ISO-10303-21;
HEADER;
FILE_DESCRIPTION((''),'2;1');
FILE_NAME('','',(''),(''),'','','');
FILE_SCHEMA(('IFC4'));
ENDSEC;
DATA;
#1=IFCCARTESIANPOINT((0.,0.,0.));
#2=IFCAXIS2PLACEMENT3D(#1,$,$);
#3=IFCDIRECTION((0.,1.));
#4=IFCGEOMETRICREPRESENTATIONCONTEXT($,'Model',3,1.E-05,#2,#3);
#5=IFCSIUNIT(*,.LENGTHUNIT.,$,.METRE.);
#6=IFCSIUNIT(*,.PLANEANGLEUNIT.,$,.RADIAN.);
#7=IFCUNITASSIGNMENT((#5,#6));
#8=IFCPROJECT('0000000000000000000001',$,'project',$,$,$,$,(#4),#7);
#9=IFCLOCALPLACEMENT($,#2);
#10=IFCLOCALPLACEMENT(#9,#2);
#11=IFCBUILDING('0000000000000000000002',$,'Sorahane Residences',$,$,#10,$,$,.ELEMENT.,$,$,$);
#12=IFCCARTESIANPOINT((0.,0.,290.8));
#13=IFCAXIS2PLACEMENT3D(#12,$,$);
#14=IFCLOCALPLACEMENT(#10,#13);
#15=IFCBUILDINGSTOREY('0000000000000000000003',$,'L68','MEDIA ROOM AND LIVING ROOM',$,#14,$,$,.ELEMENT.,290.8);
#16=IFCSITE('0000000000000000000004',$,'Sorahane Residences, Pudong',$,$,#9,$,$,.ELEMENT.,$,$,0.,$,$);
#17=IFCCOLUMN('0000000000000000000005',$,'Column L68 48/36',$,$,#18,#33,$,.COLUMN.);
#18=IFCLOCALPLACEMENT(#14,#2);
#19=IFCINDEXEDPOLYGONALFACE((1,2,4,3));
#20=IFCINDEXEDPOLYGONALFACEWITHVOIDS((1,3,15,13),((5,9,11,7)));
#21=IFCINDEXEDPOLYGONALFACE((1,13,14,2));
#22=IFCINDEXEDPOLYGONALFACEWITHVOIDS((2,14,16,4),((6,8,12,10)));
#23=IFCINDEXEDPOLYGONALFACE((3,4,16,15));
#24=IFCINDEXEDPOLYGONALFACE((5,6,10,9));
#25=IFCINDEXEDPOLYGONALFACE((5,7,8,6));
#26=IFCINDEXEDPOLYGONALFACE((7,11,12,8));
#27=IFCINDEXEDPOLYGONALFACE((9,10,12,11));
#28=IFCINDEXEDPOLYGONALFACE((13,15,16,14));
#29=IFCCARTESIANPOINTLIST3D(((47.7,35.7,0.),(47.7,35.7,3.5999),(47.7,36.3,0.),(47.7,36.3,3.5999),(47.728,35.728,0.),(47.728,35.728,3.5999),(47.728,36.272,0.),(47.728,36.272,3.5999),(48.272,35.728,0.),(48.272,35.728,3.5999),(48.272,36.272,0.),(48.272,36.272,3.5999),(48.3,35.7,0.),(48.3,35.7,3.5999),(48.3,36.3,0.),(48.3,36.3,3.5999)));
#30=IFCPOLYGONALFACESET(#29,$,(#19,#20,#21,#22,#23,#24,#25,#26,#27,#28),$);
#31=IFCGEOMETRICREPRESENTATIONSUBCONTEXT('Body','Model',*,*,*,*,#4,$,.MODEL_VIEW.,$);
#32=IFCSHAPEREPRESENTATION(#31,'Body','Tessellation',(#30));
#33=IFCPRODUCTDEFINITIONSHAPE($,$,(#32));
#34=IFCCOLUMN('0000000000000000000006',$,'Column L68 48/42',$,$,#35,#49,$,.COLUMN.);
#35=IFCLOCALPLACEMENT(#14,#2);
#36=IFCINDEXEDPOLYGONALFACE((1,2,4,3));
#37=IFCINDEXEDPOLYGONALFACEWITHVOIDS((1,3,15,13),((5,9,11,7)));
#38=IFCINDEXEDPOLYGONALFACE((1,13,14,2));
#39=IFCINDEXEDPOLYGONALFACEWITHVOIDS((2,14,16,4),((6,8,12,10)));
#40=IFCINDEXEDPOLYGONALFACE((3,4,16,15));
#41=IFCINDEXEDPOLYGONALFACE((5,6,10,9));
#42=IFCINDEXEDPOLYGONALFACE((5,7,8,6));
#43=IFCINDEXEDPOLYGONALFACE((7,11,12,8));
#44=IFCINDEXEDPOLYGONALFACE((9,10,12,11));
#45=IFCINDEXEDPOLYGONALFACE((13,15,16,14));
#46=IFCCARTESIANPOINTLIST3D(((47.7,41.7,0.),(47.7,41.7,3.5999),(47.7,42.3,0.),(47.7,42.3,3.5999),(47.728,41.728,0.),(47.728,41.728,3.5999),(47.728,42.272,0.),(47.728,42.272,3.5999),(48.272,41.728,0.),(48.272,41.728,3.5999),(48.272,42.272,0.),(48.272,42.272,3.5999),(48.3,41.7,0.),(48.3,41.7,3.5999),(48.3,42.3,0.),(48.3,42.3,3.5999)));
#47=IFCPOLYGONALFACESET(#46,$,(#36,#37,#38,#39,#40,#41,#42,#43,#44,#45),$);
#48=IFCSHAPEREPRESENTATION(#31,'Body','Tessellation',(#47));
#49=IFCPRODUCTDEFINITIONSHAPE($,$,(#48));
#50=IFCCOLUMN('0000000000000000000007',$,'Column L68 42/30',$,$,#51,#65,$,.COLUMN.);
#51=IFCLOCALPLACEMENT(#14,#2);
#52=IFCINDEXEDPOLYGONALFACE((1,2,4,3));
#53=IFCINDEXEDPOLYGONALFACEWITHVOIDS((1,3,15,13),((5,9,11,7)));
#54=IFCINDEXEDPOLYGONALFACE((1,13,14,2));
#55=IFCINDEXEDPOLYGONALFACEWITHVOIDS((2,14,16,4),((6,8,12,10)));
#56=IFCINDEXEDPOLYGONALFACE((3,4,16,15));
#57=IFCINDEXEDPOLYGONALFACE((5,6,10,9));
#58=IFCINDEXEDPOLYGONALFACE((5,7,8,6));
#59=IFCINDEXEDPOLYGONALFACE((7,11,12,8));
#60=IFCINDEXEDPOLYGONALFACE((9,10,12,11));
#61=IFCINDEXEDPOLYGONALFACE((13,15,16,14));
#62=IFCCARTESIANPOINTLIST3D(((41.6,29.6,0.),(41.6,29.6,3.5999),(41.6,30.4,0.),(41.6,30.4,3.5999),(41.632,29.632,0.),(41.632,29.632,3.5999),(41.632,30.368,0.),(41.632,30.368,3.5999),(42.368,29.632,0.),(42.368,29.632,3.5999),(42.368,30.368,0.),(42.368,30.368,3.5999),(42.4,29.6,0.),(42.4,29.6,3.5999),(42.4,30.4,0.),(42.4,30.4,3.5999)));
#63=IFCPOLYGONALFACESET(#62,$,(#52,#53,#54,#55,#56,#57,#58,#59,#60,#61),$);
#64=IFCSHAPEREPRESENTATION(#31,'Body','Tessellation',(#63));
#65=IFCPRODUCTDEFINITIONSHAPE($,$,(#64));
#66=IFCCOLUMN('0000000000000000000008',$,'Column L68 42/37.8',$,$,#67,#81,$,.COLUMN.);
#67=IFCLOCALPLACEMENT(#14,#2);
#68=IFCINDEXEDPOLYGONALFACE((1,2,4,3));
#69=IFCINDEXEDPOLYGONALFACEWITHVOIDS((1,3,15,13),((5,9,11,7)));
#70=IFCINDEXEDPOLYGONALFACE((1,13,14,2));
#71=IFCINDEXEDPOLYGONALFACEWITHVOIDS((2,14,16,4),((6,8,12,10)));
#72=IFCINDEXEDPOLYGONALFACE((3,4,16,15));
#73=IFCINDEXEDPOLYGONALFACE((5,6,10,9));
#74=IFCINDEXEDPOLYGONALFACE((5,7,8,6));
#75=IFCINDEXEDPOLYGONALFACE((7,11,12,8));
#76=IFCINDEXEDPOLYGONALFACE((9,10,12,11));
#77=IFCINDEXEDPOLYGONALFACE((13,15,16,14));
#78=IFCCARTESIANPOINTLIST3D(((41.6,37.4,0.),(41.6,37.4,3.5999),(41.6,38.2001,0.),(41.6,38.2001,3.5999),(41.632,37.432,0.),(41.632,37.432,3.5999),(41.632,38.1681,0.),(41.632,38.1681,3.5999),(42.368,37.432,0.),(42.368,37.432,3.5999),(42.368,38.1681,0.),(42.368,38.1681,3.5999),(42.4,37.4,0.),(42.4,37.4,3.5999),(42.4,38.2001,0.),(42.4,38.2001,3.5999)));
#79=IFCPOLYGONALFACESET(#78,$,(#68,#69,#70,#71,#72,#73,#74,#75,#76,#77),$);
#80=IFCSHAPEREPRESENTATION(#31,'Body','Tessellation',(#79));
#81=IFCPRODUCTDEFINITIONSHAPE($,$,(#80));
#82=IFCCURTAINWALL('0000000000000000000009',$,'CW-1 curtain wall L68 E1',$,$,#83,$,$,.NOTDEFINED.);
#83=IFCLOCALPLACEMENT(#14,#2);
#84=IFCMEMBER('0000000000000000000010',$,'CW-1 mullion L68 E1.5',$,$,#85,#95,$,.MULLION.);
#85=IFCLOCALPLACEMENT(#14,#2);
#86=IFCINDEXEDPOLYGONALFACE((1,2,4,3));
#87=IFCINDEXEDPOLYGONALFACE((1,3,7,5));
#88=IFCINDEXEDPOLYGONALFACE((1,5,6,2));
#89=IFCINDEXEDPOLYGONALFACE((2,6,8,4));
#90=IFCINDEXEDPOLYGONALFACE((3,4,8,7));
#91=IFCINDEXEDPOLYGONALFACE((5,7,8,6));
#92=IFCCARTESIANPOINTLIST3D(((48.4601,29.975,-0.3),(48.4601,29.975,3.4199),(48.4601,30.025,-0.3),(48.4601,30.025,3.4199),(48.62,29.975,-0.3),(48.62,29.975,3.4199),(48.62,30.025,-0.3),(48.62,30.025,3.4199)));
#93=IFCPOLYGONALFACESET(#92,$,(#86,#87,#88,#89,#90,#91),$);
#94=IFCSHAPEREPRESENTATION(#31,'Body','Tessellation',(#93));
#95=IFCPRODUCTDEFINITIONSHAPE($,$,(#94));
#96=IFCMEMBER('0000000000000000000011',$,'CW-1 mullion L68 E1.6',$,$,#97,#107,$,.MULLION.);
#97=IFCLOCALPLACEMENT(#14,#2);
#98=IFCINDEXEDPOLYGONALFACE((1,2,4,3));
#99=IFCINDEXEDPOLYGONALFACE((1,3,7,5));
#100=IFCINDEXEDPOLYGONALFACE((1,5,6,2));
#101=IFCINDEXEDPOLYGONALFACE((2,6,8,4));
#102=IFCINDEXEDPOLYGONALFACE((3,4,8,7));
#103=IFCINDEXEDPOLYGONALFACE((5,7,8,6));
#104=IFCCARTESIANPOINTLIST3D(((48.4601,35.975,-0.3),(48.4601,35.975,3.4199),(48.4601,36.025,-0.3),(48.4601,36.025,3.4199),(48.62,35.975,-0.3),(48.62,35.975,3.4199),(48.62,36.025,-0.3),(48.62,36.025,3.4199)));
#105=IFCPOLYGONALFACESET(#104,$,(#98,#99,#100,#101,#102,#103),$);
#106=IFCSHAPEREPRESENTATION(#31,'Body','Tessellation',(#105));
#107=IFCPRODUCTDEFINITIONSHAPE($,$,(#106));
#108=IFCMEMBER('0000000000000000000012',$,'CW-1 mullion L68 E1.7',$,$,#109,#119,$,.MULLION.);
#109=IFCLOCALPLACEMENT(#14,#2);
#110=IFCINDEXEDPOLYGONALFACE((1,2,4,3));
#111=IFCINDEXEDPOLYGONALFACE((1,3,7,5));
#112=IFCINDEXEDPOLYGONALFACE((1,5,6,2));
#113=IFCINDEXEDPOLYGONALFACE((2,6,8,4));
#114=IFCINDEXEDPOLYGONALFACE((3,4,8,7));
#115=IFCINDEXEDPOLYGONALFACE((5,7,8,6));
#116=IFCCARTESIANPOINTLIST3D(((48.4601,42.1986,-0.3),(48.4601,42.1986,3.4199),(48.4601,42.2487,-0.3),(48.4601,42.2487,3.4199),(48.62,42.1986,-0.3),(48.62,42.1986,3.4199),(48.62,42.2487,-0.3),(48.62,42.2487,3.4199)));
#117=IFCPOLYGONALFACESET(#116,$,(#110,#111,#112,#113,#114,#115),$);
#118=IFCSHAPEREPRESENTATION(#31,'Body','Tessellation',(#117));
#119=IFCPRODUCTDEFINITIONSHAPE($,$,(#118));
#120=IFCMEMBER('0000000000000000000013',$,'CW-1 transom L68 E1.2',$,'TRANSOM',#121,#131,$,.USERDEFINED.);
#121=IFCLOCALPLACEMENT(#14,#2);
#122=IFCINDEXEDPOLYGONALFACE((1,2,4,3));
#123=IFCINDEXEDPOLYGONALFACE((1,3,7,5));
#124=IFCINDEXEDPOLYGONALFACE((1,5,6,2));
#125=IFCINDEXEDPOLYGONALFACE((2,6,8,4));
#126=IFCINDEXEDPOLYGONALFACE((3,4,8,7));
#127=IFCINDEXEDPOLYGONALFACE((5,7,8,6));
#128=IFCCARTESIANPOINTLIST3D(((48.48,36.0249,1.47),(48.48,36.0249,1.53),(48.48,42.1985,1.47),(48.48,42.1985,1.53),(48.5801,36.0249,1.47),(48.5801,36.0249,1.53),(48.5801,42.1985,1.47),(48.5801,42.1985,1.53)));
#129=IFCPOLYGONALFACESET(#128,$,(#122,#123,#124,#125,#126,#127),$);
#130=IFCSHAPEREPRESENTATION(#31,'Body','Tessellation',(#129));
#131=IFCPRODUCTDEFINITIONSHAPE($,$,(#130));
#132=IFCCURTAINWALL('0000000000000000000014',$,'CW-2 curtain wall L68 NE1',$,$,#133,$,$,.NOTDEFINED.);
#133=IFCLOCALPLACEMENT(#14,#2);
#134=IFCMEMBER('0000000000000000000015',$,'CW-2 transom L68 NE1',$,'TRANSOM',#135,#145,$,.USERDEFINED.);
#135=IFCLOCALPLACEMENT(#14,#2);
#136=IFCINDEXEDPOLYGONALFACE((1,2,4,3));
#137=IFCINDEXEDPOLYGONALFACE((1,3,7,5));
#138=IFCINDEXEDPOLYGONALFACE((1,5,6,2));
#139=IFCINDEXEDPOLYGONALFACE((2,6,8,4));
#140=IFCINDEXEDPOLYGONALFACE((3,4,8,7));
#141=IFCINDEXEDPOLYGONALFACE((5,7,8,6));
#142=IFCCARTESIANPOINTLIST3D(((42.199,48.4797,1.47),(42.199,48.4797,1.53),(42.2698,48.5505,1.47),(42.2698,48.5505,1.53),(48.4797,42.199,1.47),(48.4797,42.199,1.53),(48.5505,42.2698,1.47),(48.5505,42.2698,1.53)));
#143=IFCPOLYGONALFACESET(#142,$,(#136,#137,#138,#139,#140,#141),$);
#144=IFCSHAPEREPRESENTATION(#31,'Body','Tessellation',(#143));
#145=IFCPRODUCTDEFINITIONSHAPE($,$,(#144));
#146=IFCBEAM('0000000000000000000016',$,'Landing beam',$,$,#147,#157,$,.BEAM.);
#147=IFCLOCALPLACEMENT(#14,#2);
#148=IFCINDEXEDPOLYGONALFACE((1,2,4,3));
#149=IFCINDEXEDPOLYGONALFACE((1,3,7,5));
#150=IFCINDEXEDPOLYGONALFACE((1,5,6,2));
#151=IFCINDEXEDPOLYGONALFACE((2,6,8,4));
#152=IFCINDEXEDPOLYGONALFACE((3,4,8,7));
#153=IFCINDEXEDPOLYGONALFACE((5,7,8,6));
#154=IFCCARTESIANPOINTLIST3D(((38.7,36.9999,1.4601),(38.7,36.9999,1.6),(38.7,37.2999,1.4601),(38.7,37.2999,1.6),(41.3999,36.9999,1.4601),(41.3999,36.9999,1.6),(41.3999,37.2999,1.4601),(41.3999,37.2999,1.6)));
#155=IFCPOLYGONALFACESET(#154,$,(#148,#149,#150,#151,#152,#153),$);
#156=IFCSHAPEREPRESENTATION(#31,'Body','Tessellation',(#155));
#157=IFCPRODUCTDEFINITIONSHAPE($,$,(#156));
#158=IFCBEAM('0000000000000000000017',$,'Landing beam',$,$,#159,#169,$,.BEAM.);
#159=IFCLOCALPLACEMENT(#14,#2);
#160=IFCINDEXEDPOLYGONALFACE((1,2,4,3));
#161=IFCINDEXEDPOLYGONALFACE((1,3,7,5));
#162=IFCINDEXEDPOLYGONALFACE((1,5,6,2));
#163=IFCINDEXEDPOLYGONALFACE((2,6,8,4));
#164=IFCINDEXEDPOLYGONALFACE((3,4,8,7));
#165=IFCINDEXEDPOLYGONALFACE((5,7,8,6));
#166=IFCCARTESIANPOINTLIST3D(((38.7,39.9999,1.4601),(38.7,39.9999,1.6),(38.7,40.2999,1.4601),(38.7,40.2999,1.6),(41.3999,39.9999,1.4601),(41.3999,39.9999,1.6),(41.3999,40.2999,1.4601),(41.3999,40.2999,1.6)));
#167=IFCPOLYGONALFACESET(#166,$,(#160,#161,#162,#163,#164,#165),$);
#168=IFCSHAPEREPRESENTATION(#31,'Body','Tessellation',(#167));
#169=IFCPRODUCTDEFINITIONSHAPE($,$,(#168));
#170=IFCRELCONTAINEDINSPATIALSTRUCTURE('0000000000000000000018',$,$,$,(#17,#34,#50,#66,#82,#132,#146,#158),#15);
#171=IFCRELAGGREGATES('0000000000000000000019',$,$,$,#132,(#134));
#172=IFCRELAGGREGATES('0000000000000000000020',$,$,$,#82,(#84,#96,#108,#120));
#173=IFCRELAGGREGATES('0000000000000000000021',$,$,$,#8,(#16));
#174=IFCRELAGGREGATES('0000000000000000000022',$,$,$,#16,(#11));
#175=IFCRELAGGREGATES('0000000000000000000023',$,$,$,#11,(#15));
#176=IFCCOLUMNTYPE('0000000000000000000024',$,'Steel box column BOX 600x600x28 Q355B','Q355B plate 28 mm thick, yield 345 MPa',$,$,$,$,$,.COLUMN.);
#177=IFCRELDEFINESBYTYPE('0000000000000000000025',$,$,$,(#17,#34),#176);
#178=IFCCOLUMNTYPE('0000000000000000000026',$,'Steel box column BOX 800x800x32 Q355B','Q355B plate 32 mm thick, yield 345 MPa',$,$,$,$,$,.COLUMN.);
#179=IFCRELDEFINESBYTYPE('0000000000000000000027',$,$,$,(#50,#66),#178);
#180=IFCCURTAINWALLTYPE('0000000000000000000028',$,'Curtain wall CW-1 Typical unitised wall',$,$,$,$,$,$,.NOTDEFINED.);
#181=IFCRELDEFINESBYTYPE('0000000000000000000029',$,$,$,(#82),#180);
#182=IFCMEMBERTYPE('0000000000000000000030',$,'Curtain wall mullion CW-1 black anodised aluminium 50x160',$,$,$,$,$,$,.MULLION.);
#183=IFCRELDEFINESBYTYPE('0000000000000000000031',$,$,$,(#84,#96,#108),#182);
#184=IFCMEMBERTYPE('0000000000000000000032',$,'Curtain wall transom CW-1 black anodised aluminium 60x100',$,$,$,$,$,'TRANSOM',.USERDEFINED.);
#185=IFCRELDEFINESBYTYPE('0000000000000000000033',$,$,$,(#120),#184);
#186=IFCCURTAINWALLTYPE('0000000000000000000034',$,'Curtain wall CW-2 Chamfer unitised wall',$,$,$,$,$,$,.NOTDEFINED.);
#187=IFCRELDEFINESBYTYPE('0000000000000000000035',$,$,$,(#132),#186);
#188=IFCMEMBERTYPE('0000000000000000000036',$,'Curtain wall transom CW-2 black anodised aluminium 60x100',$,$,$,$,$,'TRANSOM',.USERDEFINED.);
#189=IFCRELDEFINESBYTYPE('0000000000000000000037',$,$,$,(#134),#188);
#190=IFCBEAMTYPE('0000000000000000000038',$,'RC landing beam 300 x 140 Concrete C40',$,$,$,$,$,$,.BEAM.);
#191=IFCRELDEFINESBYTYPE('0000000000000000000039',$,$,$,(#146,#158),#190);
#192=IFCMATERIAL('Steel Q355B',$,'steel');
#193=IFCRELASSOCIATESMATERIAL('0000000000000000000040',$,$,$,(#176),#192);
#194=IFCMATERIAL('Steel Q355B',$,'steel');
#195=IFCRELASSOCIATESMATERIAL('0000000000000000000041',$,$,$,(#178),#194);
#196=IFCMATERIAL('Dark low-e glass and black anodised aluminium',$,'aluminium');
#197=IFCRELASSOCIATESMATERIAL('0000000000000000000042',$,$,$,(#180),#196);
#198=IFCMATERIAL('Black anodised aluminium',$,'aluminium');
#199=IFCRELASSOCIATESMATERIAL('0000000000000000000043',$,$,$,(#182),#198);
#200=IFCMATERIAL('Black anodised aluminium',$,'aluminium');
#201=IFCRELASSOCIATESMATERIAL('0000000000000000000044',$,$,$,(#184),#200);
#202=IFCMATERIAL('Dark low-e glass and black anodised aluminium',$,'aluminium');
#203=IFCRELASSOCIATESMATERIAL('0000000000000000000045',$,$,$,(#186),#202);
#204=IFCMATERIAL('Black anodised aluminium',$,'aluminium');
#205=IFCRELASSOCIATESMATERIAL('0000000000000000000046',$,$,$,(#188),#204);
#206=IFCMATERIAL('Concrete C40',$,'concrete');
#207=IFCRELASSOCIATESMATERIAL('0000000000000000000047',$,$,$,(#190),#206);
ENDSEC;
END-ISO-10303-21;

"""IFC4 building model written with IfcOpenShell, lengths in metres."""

from ifc_helpers import new_model, si_unit, direction, frame, origin, origin_2d, place, context, subcontext, project, spatial, rectangle, hollow_rectangle, extrude, material, material_profile, profile_set, type_object, element, aggregate, save


model = new_model("IFC4")

# Units and contexts
model_context = context("Model", 3, precision=1e-05, world=origin(), true_north=direction((0.0, 1.0)))
body_context = subcontext(model_context, "Body", "Model", "MODEL_VIEW")
ifc_project = project(units=[si_unit("LENGTHUNIT", "METRE"), si_unit("PLANEANGLEUNIT", "RADIAN")], contexts=[model_context])

# Site, building, storey
site_placement = place(None, origin())
site = spatial("IfcSite", under=ifc_project, at=site_placement, Name="Sorahane Residences, Pudong", CompositionType="ELEMENT", RefElevation=0.0)
building_placement = place(site_placement, origin())
building = spatial("IfcBuilding", under=site, at=building_placement, Name="Sorahane Residences", CompositionType="ELEMENT")
storey_placement = place(building_placement, frame((0.0, 0.0, 290.8)))
storey = spatial("IfcBuildingStorey", under=building, at=storey_placement, Name="L68", Description="MEDIA ROOM AND LIVING ROOM", CompositionType="ELEMENT", Elevation=290.8)

# Columns
ifc_material_1 = material(Name="Steel Q355B", Category="steel")
ifc_material_profile_1 = material_profile(ifc_material_1, hollow_rectangle(XDim=0.6001, YDim=0.6001, WallThickness=0.0281, at=origin_2d()), Name="BOX 600x600x28")
ifc_profile_set_1 = profile_set([ifc_material_profile_1], Name="Steel Q355B")
column_type_1 = type_object("IfcColumnType", Name="Steel box column BOX 600x600x28 Q355B", Description="Q355B plate 28 mm thick, yield 345 MPa", PredefinedType="COLUMN", material=ifc_profile_set_1)
for number, where, z_axis, x_axis, name in (
    (1, (48.0, 36.0, 0.0), (0.0, 0.0, 1.0), (1.0, 0.0, 0.0), "Column L68 48/36"),
    (2, (48.0, 42.0, 0.0), (0.0, 0.0, 1.0), (1.0, 0.0, 0.0), "Column L68 48/42"),
):
    element("IfcColumn", number, at=place(storey_placement, frame(where, z_axis=z_axis, x_axis=x_axis)), inside=storey, type_object=column_type_1, Name=name, PredefinedType="COLUMN", context=body_context, shape_type="SweptSolid", body=[
        extrude(hollow_rectangle(XDim=0.6001, YDim=0.6001, WallThickness=0.0281, at=origin_2d()), origin(), (0.0, 0.0, 1.0), 3.5999),
    ])
ifc_material_2 = material(Name="Steel Q355B", Category="steel")
ifc_material_profile_2 = material_profile(ifc_material_2, hollow_rectangle(XDim=0.8, YDim=0.8, WallThickness=0.032, at=origin_2d()), Name="BOX 800x800x32")
ifc_profile_set_2 = profile_set([ifc_material_profile_2], Name="Steel Q355B")
column_type_2 = type_object("IfcColumnType", Name="Steel box column BOX 800x800x32 Q355B", Description="Q355B plate 32 mm thick, yield 345 MPa", PredefinedType="COLUMN", material=ifc_profile_set_2)
for number, where, z_axis, x_axis, name in (
    (3, (42.0, 30.0, 0.0), (0.0, 0.0, 1.0), (1.0, 0.0, 0.0), "Column L68 42/30"),
    (4, (42.0, 37.8, 0.0), (0.0, 0.0, 1.0), (1.0, 0.0, 0.0), "Column L68 42/37.8"),
):
    element("IfcColumn", number, at=place(storey_placement, frame(where, z_axis=z_axis, x_axis=x_axis)), inside=storey, type_object=column_type_2, Name=name, PredefinedType="COLUMN", context=body_context, shape_type="SweptSolid", body=[
        extrude(hollow_rectangle(XDim=0.8, YDim=0.8, WallThickness=0.032, at=origin_2d()), origin(), (0.0, 0.0, 1.0), 3.5999),
    ])

# Curtain wall, members
ifc_material_3 = material(Name="Dark low-e glass and black anodised aluminium", Category="aluminium")
curtain_wall_type_1 = type_object("IfcCurtainWallType", Name="Curtain wall CW-1 Typical unitised wall", PredefinedType="NOTDEFINED", material=ifc_material_3)
curtain_wall_1_placement = place(storey_placement, origin())
curtain_wall_1 = element("IfcCurtainWall", 5, at=curtain_wall_1_placement, inside=storey, type_object=curtain_wall_type_1, Name="CW-1 curtain wall L68 E1", PredefinedType="NOTDEFINED")
ifc_material_4 = material(Name="Black anodised aluminium", Category="aluminium")
ifc_material_profile_3 = material_profile(ifc_material_4, rectangle(XDim=0.1599, YDim=0.05, at=origin_2d()), Name="Curtain wall mullion CW-1 black anodised aluminium 50x160")
ifc_profile_set_3 = profile_set([ifc_material_profile_3], Name="Black anodised aluminium")
member_type_1 = type_object("IfcMemberType", Name="Curtain wall mullion CW-1 black anodised aluminium 50x160", PredefinedType="MULLION", material=ifc_profile_set_3)
member_1_placement = place(storey_placement, frame((48.54, 30.0, -0.3), z_axis=(0.0, 0.0, 1.0), x_axis=(1.0, 0.0, 0.0)))
member_1 = element("IfcMember", 6, at=member_1_placement, type_object=member_type_1, Name="CW-1 mullion L68 E1.5", PredefinedType="MULLION", context=body_context, shape_type="SweptSolid", body=[
    extrude(rectangle(XDim=0.1599, YDim=0.05, at=origin_2d()), origin(), (0.0, 0.0, 1.0), 3.72),
])
member_2_placement = place(storey_placement, frame((48.54, 36.0, -0.3), z_axis=(0.0, 0.0, 1.0), x_axis=(1.0, 0.0, 0.0)))
member_2 = element("IfcMember", 7, at=member_2_placement, type_object=member_type_1, Name="CW-1 mullion L68 E1.6", PredefinedType="MULLION", context=body_context, shape_type="SweptSolid", body=[
    extrude(rectangle(XDim=0.1599, YDim=0.05, at=origin_2d()), origin(), (0.0, 0.0, 1.0), 3.72),
])
member_3_placement = place(storey_placement, frame((48.54, 42.2236, -0.3), z_axis=(0.0, 0.0, 1.0), x_axis=(1.0, 0.0, 0.0)))
member_3 = element("IfcMember", 8, at=member_3_placement, type_object=member_type_1, Name="CW-1 mullion L68 E1.7", PredefinedType="MULLION", context=body_context, shape_type="SweptSolid", body=[
    extrude(rectangle(XDim=0.1599, YDim=0.05, at=origin_2d()), origin(), (0.0, 0.0, 1.0), 3.72),
])
ifc_material_5 = material(Name="Black anodised aluminium", Category="aluminium")
ifc_material_profile_4 = material_profile(ifc_material_5, rectangle(XDim=0.1001, YDim=0.0601, at=origin_2d()), Name="Curtain wall transom CW-1 black anodised aluminium 60x100")
ifc_profile_set_4 = profile_set([ifc_material_profile_4], Name="Black anodised aluminium")
member_type_2 = type_object("IfcMemberType", Name="Curtain wall transom CW-1 black anodised aluminium 60x100", ElementType="TRANSOM", PredefinedType="USERDEFINED", material=ifc_profile_set_4)
member_4_placement = place(storey_placement, frame((48.53, 36.0249, 1.5), z_axis=(0.0, 1.0, 0.0), x_axis=(-1.0, 0.0, 0.0)))
member_4 = element("IfcMember", 9, at=member_4_placement, type_object=member_type_2, Name="CW-1 transom L68 E1.2", ObjectType="TRANSOM", PredefinedType="USERDEFINED", context=body_context, shape_type="SweptSolid", body=[
    extrude(rectangle(XDim=0.1001, YDim=0.0601, at=origin_2d()), origin(), (0.0, 0.0, 1.0), 6.1736),
])

# Curtain wall, member
ifc_material_6 = material(Name="Dark low-e glass and black anodised aluminium", Category="aluminium")
curtain_wall_type_2 = type_object("IfcCurtainWallType", Name="Curtain wall CW-2 Chamfer unitised wall", PredefinedType="NOTDEFINED", material=ifc_material_6)
curtain_wall_2_placement = place(storey_placement, origin())
curtain_wall_2 = element("IfcCurtainWall", 10, at=curtain_wall_2_placement, inside=storey, type_object=curtain_wall_type_2, Name="CW-2 curtain wall L68 NE1", PredefinedType="NOTDEFINED")
ifc_material_7 = material(Name="Black anodised aluminium", Category="aluminium")
ifc_material_profile_5 = material_profile(ifc_material_7, rectangle(XDim=0.1001, YDim=0.0601, at=origin_2d()), Name="Curtain wall transom CW-2 black anodised aluminium 60x100")
ifc_profile_set_5 = profile_set([ifc_material_profile_5], Name="Black anodised aluminium")
member_type_3 = type_object("IfcMemberType", Name="Curtain wall transom CW-2 black anodised aluminium 60x100", ElementType="TRANSOM", PredefinedType="USERDEFINED", material=ifc_profile_set_5)
member_5_placement = place(storey_placement, frame((48.5151, 42.2344, 1.5), z_axis=(-0.707107, 0.707107, 0.0), x_axis=(-0.707107, -0.707107, 0.0)))
member_5 = element("IfcMember", 11, at=member_5_placement, type_object=member_type_3, Name="CW-2 transom L68 NE1", ObjectType="TRANSOM", PredefinedType="USERDEFINED", context=body_context, shape_type="SweptSolid", body=[
    extrude(rectangle(XDim=0.1001, YDim=0.0601, at=origin_2d()), origin(), (0.0, 0.0, 1.0), 8.8823),
])
aggregate(curtain_wall_2, [member_5])

# Beams
ifc_material_8 = material(Name="Concrete C40", Category="concrete")
ifc_material_profile_6 = material_profile(ifc_material_8, rectangle(XDim=0.3, YDim=0.1399, at=origin_2d()), Name="300x140")
ifc_profile_set_6 = profile_set([ifc_material_profile_6], Name="Concrete C40")
beam_type_1 = type_object("IfcBeamType", Name="RC landing beam 300 x 140 Concrete C40", PredefinedType="BEAM", material=ifc_profile_set_6)
for number, where, z_axis, x_axis, name in (
    (12, (38.7, 37.1499, 1.53), (1.0, 0.0, 0.0), (0.0, 1.0, 0.0), "Landing beam"),
    (13, (38.7, 40.1499, 1.53), (1.0, 0.0, 0.0), (0.0, 1.0, 0.0), "Landing beam"),
):
    element("IfcBeam", number, at=place(storey_placement, frame(where, z_axis=z_axis, x_axis=x_axis)), inside=storey, type_object=beam_type_1, Name=name, PredefinedType="BEAM", context=body_context, shape_type="SweptSolid", body=[
        extrude(rectangle(XDim=0.3, YDim=0.1399, at=origin_2d()), origin(), (0.0, 0.0, 1.0), 2.7),
    ])

aggregate(curtain_wall_1, [member_1, member_2, member_3, member_4])

save(model, "model.ifc")
